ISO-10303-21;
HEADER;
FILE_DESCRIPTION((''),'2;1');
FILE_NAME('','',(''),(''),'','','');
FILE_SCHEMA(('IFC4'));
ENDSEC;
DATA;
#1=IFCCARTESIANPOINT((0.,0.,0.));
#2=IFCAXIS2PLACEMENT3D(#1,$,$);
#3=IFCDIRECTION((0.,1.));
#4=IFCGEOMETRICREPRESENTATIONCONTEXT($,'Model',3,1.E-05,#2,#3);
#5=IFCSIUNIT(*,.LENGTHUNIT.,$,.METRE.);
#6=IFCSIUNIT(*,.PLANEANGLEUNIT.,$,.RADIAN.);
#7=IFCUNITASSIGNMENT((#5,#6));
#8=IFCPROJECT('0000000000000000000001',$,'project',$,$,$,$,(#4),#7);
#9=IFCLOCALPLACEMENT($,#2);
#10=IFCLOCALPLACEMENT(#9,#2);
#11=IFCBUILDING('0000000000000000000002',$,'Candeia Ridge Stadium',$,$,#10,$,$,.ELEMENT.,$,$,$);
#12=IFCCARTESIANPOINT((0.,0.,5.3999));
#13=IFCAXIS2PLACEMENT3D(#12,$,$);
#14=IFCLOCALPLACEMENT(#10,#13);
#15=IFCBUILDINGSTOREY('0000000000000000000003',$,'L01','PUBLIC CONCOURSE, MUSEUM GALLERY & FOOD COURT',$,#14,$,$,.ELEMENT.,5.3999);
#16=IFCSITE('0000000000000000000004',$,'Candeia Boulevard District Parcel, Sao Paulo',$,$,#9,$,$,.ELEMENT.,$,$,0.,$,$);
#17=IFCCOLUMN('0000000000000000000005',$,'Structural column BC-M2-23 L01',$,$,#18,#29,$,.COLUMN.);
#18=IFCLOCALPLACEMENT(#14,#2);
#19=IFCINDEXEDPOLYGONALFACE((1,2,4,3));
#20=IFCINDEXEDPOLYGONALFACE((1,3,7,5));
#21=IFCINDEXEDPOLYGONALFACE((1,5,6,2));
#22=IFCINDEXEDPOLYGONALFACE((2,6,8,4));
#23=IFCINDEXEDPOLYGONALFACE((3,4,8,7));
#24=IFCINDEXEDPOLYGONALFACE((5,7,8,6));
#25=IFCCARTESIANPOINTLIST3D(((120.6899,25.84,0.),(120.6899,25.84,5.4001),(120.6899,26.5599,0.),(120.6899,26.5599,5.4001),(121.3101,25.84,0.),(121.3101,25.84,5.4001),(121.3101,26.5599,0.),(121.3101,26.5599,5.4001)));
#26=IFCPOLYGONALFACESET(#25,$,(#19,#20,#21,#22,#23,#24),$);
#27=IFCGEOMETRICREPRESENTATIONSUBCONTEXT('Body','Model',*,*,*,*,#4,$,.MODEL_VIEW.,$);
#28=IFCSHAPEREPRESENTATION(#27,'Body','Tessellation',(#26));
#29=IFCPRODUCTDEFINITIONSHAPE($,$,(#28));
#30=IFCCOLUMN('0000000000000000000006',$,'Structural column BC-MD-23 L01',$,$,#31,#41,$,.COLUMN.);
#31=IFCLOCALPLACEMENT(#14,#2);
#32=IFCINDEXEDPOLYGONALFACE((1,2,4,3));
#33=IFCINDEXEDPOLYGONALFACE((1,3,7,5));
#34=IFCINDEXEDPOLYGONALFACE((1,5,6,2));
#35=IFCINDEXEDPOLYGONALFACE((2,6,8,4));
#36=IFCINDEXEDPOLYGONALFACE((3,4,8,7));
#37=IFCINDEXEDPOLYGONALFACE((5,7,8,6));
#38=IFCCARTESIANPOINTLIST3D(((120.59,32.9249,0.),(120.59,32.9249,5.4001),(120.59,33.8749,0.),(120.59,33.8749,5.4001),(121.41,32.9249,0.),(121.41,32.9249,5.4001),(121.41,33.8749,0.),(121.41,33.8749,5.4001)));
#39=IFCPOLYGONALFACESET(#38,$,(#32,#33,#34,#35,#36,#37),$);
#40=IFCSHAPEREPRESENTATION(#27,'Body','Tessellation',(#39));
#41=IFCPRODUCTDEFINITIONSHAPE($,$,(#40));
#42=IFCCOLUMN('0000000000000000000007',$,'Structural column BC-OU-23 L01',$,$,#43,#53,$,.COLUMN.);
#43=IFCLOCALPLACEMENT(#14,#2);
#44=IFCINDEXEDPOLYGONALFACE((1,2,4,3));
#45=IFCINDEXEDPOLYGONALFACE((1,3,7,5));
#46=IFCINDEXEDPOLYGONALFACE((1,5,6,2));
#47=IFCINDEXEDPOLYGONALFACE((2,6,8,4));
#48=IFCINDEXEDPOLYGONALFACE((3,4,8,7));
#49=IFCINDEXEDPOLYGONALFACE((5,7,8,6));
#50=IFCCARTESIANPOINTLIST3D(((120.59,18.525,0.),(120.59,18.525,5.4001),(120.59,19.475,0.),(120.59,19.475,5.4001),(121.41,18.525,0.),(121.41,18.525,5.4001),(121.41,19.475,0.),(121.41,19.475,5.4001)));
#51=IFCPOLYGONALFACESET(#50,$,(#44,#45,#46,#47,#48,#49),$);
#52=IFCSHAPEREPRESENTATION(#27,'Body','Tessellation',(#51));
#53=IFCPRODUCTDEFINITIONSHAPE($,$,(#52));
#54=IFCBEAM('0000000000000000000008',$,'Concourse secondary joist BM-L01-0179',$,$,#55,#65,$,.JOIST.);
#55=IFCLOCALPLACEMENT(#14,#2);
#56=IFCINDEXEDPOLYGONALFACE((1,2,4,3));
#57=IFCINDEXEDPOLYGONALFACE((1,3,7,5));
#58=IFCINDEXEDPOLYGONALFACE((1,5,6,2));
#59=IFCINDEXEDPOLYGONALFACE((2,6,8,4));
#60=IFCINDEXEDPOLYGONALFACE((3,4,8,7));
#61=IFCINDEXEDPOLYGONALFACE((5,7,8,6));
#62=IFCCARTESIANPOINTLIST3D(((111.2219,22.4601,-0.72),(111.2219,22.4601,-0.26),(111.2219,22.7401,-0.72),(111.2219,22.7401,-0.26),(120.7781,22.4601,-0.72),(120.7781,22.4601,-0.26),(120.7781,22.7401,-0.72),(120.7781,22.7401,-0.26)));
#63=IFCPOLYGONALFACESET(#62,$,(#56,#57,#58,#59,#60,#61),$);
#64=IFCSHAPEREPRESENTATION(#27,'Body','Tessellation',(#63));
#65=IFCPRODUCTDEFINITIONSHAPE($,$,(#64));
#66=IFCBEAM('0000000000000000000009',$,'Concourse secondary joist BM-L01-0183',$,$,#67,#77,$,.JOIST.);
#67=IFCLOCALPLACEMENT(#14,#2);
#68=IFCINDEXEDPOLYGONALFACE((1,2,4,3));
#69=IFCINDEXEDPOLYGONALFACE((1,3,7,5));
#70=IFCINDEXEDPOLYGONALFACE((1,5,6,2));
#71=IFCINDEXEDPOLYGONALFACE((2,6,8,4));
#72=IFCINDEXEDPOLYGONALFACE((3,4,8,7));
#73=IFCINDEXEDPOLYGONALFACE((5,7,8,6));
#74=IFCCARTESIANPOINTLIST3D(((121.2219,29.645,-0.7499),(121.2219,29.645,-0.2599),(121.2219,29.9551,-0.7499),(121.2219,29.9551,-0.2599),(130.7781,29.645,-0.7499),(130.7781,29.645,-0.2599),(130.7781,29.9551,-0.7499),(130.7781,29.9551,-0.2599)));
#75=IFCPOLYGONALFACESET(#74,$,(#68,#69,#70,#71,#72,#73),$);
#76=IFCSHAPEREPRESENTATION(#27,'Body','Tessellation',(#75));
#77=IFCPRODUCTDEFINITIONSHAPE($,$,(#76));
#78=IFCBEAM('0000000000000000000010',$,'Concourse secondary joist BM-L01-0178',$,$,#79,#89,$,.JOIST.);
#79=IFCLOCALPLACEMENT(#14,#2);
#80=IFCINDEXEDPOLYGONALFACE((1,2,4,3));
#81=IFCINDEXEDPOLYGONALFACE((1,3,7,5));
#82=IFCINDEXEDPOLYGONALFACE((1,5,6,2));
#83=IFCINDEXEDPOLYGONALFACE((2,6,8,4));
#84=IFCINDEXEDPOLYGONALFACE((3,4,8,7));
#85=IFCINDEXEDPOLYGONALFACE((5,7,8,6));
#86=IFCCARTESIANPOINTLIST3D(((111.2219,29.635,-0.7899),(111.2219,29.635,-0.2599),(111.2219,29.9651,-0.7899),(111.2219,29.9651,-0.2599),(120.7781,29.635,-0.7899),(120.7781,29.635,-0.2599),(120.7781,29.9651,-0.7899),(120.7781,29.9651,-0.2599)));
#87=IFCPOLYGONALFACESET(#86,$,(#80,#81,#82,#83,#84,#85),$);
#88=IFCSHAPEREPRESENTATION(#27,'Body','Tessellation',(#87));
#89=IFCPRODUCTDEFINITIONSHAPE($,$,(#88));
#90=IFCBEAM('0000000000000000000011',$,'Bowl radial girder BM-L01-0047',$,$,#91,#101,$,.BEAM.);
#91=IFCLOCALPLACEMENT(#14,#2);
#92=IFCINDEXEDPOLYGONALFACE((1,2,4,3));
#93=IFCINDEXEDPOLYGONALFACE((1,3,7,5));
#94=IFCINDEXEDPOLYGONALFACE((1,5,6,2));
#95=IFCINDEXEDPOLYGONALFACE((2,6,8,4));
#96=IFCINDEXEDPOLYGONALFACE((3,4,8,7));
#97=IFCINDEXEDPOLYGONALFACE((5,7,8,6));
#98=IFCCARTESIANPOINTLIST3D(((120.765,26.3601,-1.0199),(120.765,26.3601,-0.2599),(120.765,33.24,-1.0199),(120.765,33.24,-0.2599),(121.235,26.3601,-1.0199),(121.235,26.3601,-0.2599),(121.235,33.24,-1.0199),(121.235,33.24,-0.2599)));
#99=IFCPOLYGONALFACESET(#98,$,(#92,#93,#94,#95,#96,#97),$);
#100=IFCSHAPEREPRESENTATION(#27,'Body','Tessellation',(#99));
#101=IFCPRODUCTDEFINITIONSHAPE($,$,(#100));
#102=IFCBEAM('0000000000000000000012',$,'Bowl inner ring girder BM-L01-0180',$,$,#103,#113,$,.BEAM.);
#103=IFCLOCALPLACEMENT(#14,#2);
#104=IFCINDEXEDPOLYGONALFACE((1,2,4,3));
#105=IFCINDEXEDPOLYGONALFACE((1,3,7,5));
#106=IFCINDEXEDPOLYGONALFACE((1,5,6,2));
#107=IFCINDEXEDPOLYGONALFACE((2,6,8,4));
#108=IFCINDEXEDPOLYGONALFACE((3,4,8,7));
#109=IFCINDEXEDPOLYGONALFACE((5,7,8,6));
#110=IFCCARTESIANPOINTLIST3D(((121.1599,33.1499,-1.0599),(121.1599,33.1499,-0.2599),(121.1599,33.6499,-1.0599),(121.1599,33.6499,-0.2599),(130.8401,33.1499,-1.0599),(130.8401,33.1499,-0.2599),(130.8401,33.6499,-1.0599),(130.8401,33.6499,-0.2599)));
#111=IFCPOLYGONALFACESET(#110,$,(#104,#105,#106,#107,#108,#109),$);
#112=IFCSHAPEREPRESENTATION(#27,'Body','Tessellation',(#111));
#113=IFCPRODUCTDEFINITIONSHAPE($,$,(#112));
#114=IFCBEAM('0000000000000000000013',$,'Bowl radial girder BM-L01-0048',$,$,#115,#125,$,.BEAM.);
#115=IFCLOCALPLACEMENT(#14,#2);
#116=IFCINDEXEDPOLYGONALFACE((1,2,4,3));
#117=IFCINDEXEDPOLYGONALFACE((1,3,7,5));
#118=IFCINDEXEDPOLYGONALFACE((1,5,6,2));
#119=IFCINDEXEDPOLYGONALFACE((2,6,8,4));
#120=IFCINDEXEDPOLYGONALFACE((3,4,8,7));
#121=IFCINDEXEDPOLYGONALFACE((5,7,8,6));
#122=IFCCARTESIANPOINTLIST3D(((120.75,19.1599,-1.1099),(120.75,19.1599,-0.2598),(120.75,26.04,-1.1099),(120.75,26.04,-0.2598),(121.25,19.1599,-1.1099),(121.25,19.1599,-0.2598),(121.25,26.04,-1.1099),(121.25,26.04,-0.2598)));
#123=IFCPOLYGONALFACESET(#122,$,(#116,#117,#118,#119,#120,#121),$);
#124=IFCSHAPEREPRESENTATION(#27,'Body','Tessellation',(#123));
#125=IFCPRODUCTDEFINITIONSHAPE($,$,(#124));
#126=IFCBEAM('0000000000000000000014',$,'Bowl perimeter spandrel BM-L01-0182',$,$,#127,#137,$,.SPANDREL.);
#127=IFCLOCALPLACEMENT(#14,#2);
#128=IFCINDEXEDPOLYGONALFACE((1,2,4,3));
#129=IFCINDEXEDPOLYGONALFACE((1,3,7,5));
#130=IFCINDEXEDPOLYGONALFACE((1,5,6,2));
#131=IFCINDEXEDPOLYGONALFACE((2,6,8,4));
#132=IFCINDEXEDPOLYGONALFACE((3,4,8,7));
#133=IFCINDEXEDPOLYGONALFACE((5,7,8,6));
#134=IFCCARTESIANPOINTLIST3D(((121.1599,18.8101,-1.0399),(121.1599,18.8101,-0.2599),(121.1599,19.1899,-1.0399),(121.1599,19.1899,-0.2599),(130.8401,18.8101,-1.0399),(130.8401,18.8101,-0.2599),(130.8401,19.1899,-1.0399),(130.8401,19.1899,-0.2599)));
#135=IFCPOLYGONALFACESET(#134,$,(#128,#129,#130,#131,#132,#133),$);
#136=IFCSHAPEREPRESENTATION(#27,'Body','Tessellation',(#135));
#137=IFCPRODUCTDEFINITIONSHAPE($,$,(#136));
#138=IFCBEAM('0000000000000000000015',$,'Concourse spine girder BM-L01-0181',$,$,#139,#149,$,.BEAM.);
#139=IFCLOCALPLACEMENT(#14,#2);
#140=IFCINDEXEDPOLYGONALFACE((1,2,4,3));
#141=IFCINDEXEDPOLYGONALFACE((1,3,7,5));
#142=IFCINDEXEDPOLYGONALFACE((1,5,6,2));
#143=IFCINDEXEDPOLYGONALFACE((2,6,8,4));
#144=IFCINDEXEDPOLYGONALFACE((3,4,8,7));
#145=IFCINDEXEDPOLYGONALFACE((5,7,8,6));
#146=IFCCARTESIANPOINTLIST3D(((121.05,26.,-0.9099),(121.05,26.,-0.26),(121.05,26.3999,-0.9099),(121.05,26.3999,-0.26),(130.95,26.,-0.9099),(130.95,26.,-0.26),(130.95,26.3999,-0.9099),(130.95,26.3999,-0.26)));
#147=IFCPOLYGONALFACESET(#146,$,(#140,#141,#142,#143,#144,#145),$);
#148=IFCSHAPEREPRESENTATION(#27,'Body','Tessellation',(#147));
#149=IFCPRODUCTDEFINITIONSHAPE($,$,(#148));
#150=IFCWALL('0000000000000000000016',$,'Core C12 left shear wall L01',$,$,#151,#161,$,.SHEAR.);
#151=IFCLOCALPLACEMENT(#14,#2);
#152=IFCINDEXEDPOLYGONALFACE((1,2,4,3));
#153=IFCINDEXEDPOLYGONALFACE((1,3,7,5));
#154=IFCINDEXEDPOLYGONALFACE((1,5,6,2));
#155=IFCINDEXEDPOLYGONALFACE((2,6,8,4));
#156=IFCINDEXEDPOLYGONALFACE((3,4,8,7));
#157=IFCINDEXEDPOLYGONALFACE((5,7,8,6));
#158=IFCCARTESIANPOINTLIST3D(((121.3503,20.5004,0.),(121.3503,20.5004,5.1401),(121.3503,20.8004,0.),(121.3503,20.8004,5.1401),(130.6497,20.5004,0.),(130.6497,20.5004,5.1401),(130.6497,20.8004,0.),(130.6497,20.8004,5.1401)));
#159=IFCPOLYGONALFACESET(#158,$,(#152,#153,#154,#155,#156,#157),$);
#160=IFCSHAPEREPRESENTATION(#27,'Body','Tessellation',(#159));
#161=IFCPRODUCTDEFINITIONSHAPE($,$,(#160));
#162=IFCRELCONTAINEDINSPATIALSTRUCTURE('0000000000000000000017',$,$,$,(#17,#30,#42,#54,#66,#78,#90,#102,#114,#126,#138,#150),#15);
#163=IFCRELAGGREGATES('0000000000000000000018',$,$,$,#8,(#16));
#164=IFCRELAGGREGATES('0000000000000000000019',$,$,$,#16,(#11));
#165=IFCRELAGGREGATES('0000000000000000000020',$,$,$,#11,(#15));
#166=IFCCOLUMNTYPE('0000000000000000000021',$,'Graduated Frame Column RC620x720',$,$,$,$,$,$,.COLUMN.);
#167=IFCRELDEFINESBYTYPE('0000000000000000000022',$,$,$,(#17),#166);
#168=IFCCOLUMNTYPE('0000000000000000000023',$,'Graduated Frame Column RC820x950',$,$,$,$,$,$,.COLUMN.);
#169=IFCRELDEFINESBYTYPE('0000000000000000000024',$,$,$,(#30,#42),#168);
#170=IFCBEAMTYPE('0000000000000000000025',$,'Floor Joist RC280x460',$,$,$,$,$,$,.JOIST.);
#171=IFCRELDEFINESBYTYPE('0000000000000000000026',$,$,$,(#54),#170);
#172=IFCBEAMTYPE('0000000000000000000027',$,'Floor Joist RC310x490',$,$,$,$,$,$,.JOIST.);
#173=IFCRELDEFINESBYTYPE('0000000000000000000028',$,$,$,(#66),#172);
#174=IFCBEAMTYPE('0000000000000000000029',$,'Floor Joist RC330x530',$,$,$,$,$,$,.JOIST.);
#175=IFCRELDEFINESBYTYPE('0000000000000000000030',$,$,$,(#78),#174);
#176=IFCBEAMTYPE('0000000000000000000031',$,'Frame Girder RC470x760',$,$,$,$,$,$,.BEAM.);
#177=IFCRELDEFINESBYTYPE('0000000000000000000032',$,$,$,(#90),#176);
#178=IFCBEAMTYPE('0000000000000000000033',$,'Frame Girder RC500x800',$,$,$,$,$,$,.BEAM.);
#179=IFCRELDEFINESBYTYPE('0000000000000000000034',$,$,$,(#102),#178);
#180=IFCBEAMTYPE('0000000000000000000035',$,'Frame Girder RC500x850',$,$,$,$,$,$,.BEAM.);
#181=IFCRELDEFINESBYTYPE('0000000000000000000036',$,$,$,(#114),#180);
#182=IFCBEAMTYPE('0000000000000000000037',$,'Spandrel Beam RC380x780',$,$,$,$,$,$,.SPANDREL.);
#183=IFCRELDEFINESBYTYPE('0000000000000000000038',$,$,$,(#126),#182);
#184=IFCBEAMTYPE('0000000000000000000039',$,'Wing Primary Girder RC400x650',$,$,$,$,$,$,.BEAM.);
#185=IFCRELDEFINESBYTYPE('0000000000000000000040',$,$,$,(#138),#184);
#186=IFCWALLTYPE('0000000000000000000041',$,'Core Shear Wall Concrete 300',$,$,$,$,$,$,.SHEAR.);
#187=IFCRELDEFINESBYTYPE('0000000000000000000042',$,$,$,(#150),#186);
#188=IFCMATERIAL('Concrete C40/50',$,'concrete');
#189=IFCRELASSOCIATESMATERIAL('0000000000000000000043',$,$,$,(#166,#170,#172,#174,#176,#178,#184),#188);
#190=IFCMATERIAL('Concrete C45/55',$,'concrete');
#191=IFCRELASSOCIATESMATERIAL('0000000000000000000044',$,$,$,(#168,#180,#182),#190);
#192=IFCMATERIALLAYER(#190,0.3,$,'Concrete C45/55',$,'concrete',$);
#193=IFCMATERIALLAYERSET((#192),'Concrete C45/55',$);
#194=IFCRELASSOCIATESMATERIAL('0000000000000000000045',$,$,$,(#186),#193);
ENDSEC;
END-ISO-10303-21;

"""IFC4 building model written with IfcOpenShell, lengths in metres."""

from ifc_helpers import new_model, si_unit, direction, frame, frame_2d, origin, origin_2d, place, context, subcontext, project, spatial, rectangle, extrude, material, layer, layer_set, material_profile, profile_set, type_object, element, save


model = new_model("IFC4")

# Units and contexts
model_context = context("Model", 3, precision=1e-05, world=origin(), true_north=direction((0.0, 1.0)))
body_context = subcontext(model_context, "Body", "Model", "MODEL_VIEW")
ifc_project = project(units=[si_unit("LENGTHUNIT", "METRE"), si_unit("PLANEANGLEUNIT", "RADIAN")], contexts=[model_context])

# Site, building, storey
site_placement = place(None, origin())
site = spatial("IfcSite", under=ifc_project, at=site_placement, Name="Candeia Boulevard District Parcel, Sao Paulo", CompositionType="ELEMENT", RefElevation=0.0)
building_placement = place(site_placement, origin())
building = spatial("IfcBuilding", under=site, at=building_placement, Name="Candeia Ridge Stadium", CompositionType="ELEMENT")
storey_placement = place(building_placement, frame((0.0, 0.0, 5.3999)))
storey = spatial("IfcBuildingStorey", under=building, at=storey_placement, Name="L01", Description="PUBLIC CONCOURSE, MUSEUM GALLERY & FOOD COURT", CompositionType="ELEMENT", Elevation=5.3999)

# Columns
ifc_material_1 = material(Name="Concrete C40/50", Category="concrete")
ifc_material_profile_1 = material_profile(ifc_material_1, rectangle(XDim=0.6201, YDim=0.72, at=origin_2d()), Name="RC620x720", Category="concrete")
ifc_profile_set_1 = profile_set([ifc_material_profile_1], Name="Concrete C40/50")
column_type_1 = type_object("IfcColumnType", Name="Graduated Frame Column RC620x720", PredefinedType="COLUMN", material=ifc_profile_set_1)
column_placement = place(storey_placement, frame((121.0, 26.2, 0.0), z_axis=(0.0, 0.0, 1.0), x_axis=(1.0, 0.0, 0.0)))
element("IfcColumn", 1, at=column_placement, inside=storey, type_object=column_type_1, Name="Structural column BC-M2-23 L01", PredefinedType="COLUMN", context=body_context, shape_type="SweptSolid", body=[
    extrude(rectangle(XDim=0.6201, YDim=0.72, at=origin_2d()), origin(), (0.0, 0.0, 1.0), 5.4001),
])
ifc_material_2 = material(Name="Concrete C45/55", Category="concrete")
ifc_material_profile_2 = material_profile(ifc_material_2, rectangle(XDim=0.8201, YDim=0.95, at=origin_2d()), Name="RC820x950", Category="concrete")
ifc_profile_set_2 = profile_set([ifc_material_profile_2], Name="Concrete C45/55")
column_type_2 = type_object("IfcColumnType", Name="Graduated Frame Column RC820x950", PredefinedType="COLUMN", material=ifc_profile_set_2)
for number, where, z_axis, x_axis, name in (
    (2, (121.0, 33.3999, 0.0), (0.0, 0.0, 1.0), (1.0, 0.0, 0.0), "Structural column BC-MD-23 L01"),
    (3, (121.0, 19.0, 0.0), (0.0, 0.0, 1.0), (1.0, 0.0, 0.0), "Structural column BC-OU-23 L01"),
):
    element("IfcColumn", number, at=place(storey_placement, frame(where, z_axis=z_axis, x_axis=x_axis)), inside=storey, type_object=column_type_2, Name=name, PredefinedType="COLUMN", context=body_context, shape_type="SweptSolid", body=[
        extrude(rectangle(XDim=0.8201, YDim=0.95, at=origin_2d()), origin(), (0.0, 0.0, 1.0), 5.4001),
    ])

# Beams
ifc_material_profile_3 = material_profile(ifc_material_1, rectangle(XDim=0.28, YDim=0.46, at=origin_2d()), Name="RC280x460", Category="concrete")
ifc_profile_set_3 = profile_set([ifc_material_profile_3], Name="Concrete C40/50")
beam_type_1 = type_object("IfcBeamType", Name="Floor Joist RC280x460", PredefinedType="JOIST", material=ifc_profile_set_3)
beam_1_placement = place(storey_placement, frame((111.2219, 22.6001, -0.49), z_axis=(1.0, 0.0, 0.0), x_axis=(0.0, 1.0, 0.0)))
element("IfcBeam", 4, at=beam_1_placement, inside=storey, type_object=beam_type_1, Name="Concourse secondary joist BM-L01-0179", PredefinedType="JOIST", context=body_context, shape_type="SweptSolid", body=[
    extrude(rectangle(XDim=0.28, YDim=0.46, at=origin_2d()), origin(), (0.0, 0.0, 1.0), 9.5562),
])
ifc_material_profile_4 = material_profile(ifc_material_1, rectangle(XDim=0.3101, YDim=0.49, at=origin_2d()), Name="RC310x490", Category="concrete")
ifc_profile_set_4 = profile_set([ifc_material_profile_4], Name="Concrete C40/50")
beam_type_2 = type_object("IfcBeamType", Name="Floor Joist RC310x490", PredefinedType="JOIST", material=ifc_profile_set_4)
beam_2_placement = place(storey_placement, frame((121.2219, 29.8, -0.5049), z_axis=(1.0, 0.0, 0.0), x_axis=(0.0, 1.0, 0.0)))
element("IfcBeam", 5, at=beam_2_placement, inside=storey, type_object=beam_type_2, Name="Concourse secondary joist BM-L01-0183", PredefinedType="JOIST", context=body_context, shape_type="SweptSolid", body=[
    extrude(rectangle(XDim=0.3101, YDim=0.49, at=origin_2d()), origin(), (0.0, 0.0, 1.0), 9.5562),
])
ifc_material_profile_5 = material_profile(ifc_material_1, rectangle(XDim=0.3301, YDim=0.53, at=origin_2d()), Name="RC330x530", Category="concrete")
ifc_profile_set_5 = profile_set([ifc_material_profile_5], Name="Concrete C40/50")
beam_type_3 = type_object("IfcBeamType", Name="Floor Joist RC330x530", PredefinedType="JOIST", material=ifc_profile_set_5)
beam_3_placement = place(storey_placement, frame((111.2219, 29.8, -0.5249), z_axis=(1.0, 0.0, 0.0), x_axis=(0.0, 1.0, 0.0)))
element("IfcBeam", 6, at=beam_3_placement, inside=storey, type_object=beam_type_3, Name="Concourse secondary joist BM-L01-0178", PredefinedType="JOIST", context=body_context, shape_type="SweptSolid", body=[
    extrude(rectangle(XDim=0.3301, YDim=0.53, at=origin_2d()), origin(), (0.0, 0.0, 1.0), 9.5562),
])
ifc_material_profile_6 = material_profile(ifc_material_1, rectangle(XDim=0.47, YDim=0.76, at=origin_2d()), Name="RC470x760", Category="concrete")
ifc_profile_set_6 = profile_set([ifc_material_profile_6], Name="Concrete C40/50")
beam_type_4 = type_object("IfcBeamType", Name="Frame Girder RC470x760", PredefinedType="BEAM", material=ifc_profile_set_6)
beam_4_placement = place(storey_placement, frame((121.0, 33.24, -0.6399), z_axis=(0.0, -1.0, 0.0), x_axis=(1.0, 0.0, 0.0)))
element("IfcBeam", 7, at=beam_4_placement, inside=storey, type_object=beam_type_4, Name="Bowl radial girder BM-L01-0047", PredefinedType="BEAM", context=body_context, shape_type="SweptSolid", body=[
    extrude(rectangle(XDim=0.47, YDim=0.76, at=origin_2d()), origin(), (0.0, 0.0, 1.0), 6.8799),
])
ifc_material_profile_7 = material_profile(ifc_material_1, rectangle(XDim=0.5, YDim=0.8, at=origin_2d()), Name="RC500x800", Category="concrete")
ifc_profile_set_7 = profile_set([ifc_material_profile_7], Name="Concrete C40/50")
beam_type_5 = type_object("IfcBeamType", Name="Frame Girder RC500x800", PredefinedType="BEAM", material=ifc_profile_set_7)
beam_5_placement = place(storey_placement, frame((121.1599, 33.3999, -0.6599), z_axis=(1.0, 0.0, 0.0), x_axis=(0.0, 1.0, 0.0)))
element("IfcBeam", 8, at=beam_5_placement, inside=storey, type_object=beam_type_5, Name="Bowl inner ring girder BM-L01-0180", PredefinedType="BEAM", context=body_context, shape_type="SweptSolid", body=[
    extrude(rectangle(XDim=0.5, YDim=0.8, at=origin_2d()), origin(), (0.0, 0.0, 1.0), 9.6802),
])
ifc_material_profile_8 = material_profile(ifc_material_2, rectangle(XDim=0.5, YDim=0.8501, at=origin_2d()), Name="RC500x850", Category="concrete")
ifc_profile_set_8 = profile_set([ifc_material_profile_8], Name="Concrete C45/55")
beam_type_6 = type_object("IfcBeamType", Name="Frame Girder RC500x850", PredefinedType="BEAM", material=ifc_profile_set_8)
beam_6_placement = place(storey_placement, frame((121.0, 26.04, -0.6848), z_axis=(0.0, -1.0, 0.0), x_axis=(1.0, 0.0, 0.0)))
element("IfcBeam", 9, at=beam_6_placement, inside=storey, type_object=beam_type_6, Name="Bowl radial girder BM-L01-0048", PredefinedType="BEAM", context=body_context, shape_type="SweptSolid", body=[
    extrude(rectangle(XDim=0.5, YDim=0.8501, at=origin_2d()), origin(), (0.0, 0.0, 1.0), 6.8801),
])
ifc_material_profile_9 = material_profile(ifc_material_2, rectangle(XDim=0.3799, YDim=0.78, at=origin_2d()), Name="RC380x780", Category="concrete")
ifc_profile_set_9 = profile_set([ifc_material_profile_9], Name="Concrete C45/55")
beam_type_7 = type_object("IfcBeamType", Name="Spandrel Beam RC380x780", PredefinedType="SPANDREL", material=ifc_profile_set_9)
beam_7_placement = place(storey_placement, frame((121.1599, 19.0, -0.6499), z_axis=(1.0, 0.0, 0.0), x_axis=(0.0, 1.0, 0.0)))
element("IfcBeam", 10, at=beam_7_placement, inside=storey, type_object=beam_type_7, Name="Bowl perimeter spandrel BM-L01-0182", PredefinedType="SPANDREL", context=body_context, shape_type="SweptSolid", body=[
    extrude(rectangle(XDim=0.3799, YDim=0.78, at=origin_2d()), origin(), (0.0, 0.0, 1.0), 9.6802),
])
ifc_material_profile_10 = material_profile(ifc_material_1, rectangle(XDim=0.3999, YDim=0.6499, at=origin_2d()), Name="RC400x650", Category="concrete")
ifc_profile_set_10 = profile_set([ifc_material_profile_10], Name="Concrete C40/50")
beam_type_8 = type_object("IfcBeamType", Name="Wing Primary Girder RC400x650", PredefinedType="BEAM", material=ifc_profile_set_10)
beam_8_placement = place(storey_placement, frame((121.05, 26.2, -0.585), z_axis=(1.0, 0.0, 0.0), x_axis=(0.0, 1.0, 0.0)))
element("IfcBeam", 11, at=beam_8_placement, inside=storey, type_object=beam_type_8, Name="Concourse spine girder BM-L01-0181", PredefinedType="BEAM", context=body_context, shape_type="SweptSolid", body=[
    extrude(rectangle(XDim=0.3999, YDim=0.6499, at=origin_2d()), origin(), (0.0, 0.0, 1.0), 9.8999),
])

# Wall
ifc_layer_1 = layer(ifc_material_2, 0.3, Name="Concrete C45/55", Category="concrete")
ifc_layer_set_1 = layer_set([ifc_layer_1], Name="Concrete C45/55")
wall_type_1 = type_object("IfcWallType", Name="Core Shear Wall Concrete 300", PredefinedType="SHEAR", material=ifc_layer_set_1)
wall_1_placement = place(storey_placement, frame((121.3503, 20.6504, 0.0), z_axis=(0.0, 0.0, 1.0), x_axis=(1.0, 0.0, 0.0)))
element("IfcWall", 12, at=wall_1_placement, inside=storey, type_object=wall_type_1, Name="Core C12 left shear wall L01", PredefinedType="SHEAR", context=body_context, shape_type="SweptSolid", body=[
    extrude(rectangle(XDim=9.2993, YDim=0.3, at=frame_2d((4.6497, 0.0))), origin(), (0.0, 0.0, 1.0), 5.1401),
])

save(model, "model.ifc")
